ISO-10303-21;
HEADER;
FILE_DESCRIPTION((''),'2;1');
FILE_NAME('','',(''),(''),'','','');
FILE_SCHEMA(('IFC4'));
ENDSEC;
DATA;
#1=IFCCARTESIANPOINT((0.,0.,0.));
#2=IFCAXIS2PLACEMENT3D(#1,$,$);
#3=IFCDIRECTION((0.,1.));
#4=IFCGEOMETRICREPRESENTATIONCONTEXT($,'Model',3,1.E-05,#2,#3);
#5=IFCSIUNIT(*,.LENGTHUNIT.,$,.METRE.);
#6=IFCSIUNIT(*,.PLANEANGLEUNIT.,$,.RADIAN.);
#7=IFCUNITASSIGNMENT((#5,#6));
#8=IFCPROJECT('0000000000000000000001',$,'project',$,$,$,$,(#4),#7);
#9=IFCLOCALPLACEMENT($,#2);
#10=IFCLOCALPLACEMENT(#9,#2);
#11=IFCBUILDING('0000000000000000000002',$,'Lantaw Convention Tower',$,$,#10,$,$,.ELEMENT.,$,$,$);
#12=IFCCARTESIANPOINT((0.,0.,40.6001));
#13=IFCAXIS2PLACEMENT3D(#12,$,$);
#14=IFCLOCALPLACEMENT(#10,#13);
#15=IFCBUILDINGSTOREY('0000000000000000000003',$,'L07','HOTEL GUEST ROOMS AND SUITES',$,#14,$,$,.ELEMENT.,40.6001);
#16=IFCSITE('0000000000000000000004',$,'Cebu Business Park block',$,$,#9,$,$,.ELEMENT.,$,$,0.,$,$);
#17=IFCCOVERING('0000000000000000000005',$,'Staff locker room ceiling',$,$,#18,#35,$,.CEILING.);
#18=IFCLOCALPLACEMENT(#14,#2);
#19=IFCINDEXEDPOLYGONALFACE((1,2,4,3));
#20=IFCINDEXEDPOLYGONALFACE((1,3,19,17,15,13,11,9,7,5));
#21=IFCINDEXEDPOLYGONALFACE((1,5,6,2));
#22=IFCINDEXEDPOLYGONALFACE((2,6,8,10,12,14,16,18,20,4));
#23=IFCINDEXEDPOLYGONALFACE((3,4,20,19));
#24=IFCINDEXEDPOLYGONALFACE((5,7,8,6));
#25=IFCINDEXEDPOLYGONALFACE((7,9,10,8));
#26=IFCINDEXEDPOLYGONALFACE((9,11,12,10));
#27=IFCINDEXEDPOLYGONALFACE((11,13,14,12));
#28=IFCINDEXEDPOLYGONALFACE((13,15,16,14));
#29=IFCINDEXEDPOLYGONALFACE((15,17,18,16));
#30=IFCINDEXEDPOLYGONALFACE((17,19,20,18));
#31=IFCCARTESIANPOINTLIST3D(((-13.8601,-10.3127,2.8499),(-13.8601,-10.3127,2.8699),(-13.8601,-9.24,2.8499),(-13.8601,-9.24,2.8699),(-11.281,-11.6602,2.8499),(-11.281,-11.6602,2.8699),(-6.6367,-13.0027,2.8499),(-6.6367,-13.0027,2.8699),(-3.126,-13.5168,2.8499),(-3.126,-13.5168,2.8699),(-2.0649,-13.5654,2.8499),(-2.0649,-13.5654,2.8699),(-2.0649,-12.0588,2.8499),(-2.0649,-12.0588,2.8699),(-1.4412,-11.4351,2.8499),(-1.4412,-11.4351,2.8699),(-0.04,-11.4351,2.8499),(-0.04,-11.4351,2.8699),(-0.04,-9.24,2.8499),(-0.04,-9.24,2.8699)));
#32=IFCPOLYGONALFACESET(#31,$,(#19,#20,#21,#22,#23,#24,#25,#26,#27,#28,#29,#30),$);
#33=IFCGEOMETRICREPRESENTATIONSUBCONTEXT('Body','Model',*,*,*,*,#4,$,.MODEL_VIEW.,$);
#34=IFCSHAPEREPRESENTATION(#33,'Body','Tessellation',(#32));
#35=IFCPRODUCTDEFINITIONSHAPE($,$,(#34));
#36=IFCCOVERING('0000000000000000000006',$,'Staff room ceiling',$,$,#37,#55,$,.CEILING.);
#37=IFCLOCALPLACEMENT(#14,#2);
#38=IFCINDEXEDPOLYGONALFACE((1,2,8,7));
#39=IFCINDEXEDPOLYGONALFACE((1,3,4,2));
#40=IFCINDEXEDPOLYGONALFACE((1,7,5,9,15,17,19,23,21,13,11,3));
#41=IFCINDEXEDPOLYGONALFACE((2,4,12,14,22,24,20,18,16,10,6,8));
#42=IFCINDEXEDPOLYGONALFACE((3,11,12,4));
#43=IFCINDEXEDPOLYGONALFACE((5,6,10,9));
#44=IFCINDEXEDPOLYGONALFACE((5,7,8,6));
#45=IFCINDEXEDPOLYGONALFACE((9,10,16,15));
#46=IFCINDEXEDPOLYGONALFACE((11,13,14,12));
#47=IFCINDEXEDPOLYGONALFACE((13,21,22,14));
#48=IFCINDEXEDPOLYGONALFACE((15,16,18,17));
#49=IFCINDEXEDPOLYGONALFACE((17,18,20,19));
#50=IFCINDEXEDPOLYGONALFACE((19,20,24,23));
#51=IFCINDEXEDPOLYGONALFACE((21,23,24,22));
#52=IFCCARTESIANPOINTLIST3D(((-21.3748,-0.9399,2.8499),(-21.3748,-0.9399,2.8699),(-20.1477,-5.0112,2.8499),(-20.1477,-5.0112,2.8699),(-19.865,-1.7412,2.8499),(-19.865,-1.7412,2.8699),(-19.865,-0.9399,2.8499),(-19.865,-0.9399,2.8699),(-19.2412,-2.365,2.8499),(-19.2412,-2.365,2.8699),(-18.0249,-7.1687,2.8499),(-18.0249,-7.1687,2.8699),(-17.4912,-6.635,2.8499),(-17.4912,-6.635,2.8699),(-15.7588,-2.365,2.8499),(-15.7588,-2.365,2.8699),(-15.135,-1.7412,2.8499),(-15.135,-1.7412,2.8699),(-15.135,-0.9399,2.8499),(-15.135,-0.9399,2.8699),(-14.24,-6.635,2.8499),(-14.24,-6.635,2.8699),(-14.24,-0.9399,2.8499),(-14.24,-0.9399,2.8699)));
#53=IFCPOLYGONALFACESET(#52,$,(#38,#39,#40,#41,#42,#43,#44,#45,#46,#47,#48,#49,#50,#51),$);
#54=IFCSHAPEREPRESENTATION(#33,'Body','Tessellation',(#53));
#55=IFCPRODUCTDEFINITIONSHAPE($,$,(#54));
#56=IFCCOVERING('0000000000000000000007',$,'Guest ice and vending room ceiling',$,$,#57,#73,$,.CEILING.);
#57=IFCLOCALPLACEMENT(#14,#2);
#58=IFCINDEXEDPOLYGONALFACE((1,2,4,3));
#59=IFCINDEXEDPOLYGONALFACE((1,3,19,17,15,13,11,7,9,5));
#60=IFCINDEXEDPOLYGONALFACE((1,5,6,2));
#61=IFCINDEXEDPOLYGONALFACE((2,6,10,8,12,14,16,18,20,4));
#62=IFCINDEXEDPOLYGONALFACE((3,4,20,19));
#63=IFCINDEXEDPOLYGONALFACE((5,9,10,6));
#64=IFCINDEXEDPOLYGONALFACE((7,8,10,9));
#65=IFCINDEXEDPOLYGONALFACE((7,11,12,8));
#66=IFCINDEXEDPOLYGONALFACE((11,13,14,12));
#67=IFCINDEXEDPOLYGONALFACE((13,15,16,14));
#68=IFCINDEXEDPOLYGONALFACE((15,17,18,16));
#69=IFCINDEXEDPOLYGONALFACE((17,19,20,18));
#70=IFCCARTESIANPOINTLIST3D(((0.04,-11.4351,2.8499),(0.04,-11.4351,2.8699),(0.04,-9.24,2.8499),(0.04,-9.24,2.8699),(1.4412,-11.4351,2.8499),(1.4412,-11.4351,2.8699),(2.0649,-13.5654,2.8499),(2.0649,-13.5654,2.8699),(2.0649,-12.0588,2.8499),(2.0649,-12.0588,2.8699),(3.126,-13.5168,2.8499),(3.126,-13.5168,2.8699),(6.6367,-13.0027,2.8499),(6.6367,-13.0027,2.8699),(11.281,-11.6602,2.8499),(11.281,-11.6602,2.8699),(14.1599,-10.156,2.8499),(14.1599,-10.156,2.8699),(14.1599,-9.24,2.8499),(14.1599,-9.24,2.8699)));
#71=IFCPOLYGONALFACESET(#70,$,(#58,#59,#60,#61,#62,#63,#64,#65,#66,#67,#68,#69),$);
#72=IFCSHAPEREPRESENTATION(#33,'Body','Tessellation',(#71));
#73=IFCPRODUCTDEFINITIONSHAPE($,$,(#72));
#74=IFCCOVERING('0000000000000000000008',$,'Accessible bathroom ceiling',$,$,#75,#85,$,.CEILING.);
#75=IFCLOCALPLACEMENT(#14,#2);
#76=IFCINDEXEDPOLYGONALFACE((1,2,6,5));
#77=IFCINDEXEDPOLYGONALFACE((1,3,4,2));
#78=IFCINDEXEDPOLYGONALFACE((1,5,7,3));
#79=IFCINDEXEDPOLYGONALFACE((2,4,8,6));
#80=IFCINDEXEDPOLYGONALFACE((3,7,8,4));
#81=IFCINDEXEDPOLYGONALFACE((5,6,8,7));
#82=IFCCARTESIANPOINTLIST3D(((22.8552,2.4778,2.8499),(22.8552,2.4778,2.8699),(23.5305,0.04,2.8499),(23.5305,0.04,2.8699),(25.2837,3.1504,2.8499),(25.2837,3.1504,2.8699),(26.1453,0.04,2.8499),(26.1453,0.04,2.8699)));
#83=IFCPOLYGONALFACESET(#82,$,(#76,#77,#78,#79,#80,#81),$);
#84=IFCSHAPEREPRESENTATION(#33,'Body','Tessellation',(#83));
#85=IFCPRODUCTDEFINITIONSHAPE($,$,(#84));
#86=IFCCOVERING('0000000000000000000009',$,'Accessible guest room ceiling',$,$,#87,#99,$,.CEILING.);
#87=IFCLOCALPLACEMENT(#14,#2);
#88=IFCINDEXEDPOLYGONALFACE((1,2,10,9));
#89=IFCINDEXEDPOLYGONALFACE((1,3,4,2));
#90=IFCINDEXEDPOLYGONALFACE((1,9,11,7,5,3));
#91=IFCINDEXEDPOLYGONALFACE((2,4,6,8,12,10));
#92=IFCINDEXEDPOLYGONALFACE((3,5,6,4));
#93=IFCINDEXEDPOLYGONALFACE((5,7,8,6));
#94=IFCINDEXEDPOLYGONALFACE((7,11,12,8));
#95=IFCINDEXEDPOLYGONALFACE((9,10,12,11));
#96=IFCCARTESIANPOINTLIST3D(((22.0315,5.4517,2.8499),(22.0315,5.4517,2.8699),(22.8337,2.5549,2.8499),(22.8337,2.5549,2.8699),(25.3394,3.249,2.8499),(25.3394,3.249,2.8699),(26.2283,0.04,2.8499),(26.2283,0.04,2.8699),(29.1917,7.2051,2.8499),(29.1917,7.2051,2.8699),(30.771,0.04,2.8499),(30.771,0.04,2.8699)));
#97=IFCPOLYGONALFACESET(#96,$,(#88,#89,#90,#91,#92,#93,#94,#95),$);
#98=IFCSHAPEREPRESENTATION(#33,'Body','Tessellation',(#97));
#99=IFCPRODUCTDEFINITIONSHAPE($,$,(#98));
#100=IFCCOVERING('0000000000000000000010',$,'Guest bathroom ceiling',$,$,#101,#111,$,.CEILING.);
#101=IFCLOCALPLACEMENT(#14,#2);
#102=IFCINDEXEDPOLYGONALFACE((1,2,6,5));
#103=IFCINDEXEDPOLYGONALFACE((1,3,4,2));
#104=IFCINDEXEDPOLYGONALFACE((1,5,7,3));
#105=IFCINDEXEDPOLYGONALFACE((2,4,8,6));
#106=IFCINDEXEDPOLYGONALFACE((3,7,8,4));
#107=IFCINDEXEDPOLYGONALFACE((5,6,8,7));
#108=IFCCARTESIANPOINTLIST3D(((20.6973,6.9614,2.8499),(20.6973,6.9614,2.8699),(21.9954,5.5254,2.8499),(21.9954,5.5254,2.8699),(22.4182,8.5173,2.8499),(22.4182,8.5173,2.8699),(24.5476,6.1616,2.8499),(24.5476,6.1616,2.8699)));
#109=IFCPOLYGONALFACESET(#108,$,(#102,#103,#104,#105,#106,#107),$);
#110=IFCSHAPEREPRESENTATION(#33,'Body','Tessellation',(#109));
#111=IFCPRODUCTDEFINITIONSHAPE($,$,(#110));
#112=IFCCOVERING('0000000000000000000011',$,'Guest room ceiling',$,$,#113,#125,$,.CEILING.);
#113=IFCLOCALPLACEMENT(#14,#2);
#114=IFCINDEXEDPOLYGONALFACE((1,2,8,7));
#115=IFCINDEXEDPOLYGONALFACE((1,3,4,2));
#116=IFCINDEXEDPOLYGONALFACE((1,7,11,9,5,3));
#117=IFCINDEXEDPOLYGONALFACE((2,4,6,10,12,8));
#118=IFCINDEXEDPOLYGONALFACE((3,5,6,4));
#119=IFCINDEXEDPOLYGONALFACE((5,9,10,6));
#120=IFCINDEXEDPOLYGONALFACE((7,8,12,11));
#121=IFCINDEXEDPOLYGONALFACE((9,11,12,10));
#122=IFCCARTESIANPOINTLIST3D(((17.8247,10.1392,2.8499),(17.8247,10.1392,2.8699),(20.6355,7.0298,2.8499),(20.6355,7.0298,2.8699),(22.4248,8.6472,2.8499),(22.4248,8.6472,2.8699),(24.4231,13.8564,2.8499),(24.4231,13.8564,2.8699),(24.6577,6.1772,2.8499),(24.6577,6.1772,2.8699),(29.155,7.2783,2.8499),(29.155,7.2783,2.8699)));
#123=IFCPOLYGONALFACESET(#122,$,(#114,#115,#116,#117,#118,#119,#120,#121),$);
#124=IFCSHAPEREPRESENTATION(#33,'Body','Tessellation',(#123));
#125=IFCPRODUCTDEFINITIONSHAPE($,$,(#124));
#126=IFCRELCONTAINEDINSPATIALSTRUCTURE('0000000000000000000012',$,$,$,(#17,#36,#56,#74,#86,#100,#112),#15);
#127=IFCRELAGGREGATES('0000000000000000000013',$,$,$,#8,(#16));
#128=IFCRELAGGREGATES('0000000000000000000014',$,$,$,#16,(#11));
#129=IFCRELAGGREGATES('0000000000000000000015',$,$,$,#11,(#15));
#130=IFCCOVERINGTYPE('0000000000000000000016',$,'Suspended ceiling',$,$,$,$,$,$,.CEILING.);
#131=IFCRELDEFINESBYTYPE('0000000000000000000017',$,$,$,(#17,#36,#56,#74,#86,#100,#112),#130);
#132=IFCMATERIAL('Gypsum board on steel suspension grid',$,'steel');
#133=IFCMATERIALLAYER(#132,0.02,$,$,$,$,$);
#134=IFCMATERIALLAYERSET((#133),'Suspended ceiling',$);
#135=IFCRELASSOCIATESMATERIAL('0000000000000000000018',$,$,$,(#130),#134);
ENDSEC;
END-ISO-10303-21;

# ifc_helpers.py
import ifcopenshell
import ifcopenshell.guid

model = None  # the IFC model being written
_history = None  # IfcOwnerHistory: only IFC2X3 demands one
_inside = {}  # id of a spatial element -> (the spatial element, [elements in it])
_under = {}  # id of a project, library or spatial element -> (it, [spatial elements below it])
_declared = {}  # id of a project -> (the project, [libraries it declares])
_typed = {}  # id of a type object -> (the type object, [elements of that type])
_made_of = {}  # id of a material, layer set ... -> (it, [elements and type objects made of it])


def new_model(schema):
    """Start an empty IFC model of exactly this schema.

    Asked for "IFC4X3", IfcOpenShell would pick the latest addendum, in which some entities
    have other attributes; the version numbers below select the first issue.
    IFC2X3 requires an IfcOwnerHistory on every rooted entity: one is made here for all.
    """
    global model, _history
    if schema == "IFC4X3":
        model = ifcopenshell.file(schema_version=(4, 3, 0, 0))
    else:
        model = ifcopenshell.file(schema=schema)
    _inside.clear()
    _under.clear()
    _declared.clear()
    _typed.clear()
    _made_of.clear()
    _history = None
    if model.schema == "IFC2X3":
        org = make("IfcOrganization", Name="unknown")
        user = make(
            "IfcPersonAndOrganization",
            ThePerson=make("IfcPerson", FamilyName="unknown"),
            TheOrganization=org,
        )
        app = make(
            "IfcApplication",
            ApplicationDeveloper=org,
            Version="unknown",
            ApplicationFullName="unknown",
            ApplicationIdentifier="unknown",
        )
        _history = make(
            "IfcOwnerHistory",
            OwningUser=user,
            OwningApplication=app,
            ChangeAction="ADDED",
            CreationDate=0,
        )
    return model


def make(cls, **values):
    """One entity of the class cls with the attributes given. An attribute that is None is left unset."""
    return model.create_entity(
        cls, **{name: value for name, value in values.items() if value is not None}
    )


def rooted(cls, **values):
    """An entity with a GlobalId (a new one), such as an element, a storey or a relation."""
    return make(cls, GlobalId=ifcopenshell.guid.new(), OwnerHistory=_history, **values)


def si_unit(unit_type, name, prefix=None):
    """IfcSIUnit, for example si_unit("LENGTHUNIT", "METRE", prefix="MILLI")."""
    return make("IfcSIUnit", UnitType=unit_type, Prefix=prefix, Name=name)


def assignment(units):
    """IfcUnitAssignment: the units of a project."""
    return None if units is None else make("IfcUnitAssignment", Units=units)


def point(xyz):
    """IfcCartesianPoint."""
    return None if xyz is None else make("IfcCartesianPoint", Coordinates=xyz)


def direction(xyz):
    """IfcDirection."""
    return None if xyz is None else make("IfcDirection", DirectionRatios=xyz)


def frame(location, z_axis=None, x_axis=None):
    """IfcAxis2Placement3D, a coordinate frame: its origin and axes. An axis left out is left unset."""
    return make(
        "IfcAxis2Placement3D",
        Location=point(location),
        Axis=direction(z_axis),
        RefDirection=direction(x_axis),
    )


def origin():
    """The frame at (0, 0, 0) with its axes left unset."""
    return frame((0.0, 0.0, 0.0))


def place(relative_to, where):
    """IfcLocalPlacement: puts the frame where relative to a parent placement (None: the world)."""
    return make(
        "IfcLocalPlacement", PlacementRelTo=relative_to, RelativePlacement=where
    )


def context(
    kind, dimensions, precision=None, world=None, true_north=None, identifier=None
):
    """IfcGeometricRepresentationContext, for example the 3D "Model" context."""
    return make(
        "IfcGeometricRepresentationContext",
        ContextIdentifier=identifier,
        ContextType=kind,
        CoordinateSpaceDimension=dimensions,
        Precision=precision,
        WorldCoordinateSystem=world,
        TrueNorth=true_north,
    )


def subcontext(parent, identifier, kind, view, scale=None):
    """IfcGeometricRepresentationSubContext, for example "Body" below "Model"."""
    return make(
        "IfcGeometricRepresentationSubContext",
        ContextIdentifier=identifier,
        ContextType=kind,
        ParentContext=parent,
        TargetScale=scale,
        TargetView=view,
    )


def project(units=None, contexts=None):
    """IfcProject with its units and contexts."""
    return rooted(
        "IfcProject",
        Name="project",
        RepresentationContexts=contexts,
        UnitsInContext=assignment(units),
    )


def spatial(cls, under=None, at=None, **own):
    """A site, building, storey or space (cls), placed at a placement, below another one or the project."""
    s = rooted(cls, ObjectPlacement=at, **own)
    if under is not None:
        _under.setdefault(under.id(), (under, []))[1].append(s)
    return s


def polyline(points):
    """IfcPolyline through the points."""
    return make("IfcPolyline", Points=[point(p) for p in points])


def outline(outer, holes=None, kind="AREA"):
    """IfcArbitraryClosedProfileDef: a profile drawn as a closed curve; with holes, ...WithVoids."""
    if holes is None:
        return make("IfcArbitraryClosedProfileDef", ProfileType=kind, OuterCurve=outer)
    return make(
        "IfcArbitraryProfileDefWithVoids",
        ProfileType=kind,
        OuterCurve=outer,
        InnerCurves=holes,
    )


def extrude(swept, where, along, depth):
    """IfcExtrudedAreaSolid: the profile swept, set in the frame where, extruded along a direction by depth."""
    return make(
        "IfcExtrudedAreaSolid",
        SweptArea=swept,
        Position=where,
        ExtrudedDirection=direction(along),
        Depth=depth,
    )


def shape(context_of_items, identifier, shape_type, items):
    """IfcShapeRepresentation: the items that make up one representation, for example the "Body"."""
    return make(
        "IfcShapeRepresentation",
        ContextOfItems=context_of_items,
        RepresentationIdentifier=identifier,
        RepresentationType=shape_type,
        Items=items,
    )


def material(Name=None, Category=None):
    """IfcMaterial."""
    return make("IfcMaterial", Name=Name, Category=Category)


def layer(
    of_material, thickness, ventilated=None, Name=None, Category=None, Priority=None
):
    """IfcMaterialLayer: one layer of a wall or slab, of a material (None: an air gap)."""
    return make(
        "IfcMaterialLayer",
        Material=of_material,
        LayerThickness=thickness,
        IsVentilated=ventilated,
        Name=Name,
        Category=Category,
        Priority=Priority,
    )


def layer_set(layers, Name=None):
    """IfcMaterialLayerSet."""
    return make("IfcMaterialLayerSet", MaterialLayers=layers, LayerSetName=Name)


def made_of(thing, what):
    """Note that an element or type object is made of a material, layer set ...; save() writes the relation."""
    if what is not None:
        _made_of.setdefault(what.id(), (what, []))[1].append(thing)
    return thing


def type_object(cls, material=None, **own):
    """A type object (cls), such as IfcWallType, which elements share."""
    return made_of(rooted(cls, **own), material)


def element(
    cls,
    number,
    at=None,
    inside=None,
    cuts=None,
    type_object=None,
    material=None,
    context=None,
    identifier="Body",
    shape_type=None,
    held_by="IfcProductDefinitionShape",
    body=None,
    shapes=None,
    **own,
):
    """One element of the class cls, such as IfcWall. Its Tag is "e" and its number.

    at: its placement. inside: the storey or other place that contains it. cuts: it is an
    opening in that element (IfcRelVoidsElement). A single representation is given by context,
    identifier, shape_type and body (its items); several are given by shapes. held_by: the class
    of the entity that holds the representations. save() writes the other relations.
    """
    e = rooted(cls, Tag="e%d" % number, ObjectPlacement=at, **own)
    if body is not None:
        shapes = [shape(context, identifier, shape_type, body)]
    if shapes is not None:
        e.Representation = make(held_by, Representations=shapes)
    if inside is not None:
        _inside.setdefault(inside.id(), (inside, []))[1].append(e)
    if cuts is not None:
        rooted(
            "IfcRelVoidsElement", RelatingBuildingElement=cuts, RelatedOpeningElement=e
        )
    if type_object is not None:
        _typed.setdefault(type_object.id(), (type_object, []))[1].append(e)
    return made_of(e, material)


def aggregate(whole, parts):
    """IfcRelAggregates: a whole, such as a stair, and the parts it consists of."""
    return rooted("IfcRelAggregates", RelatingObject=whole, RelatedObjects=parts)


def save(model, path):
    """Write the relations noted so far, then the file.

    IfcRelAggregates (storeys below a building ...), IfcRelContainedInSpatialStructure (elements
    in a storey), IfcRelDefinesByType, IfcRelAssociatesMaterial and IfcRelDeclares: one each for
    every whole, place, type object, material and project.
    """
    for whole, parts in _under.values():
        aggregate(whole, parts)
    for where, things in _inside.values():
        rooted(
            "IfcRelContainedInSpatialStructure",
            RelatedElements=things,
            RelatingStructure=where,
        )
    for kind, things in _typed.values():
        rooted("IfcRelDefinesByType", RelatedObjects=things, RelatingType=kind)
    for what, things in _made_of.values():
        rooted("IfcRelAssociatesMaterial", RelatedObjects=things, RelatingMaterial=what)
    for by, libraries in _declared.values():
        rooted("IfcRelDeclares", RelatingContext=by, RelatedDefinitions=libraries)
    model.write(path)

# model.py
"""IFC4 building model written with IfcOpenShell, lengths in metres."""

from ifc_helpers import new_model, si_unit, direction, frame, origin, place, context, subcontext, project, spatial, polyline, outline, extrude, material, layer, layer_set, type_object, element, save


model = new_model("IFC4")

# Units and contexts
model_context = context("Model", 3, precision=1e-05, world=origin(), true_north=direction((0.0, 1.0)))
body_context = subcontext(model_context, "Body", "Model", "MODEL_VIEW")
ifc_project = project(units=[si_unit("LENGTHUNIT", "METRE"), si_unit("PLANEANGLEUNIT", "RADIAN")], contexts=[model_context])

# Site, building, storey
site_placement = place(None, origin())
site = spatial("IfcSite", under=ifc_project, at=site_placement, Name="Cebu Business Park block", CompositionType="ELEMENT", RefElevation=0.0)
building_placement = place(site_placement, origin())
building = spatial("IfcBuilding", under=site, at=building_placement, Name="Lantaw Convention Tower", CompositionType="ELEMENT")
storey_placement = place(building_placement, frame((0.0, 0.0, 40.6001)))
storey = spatial("IfcBuildingStorey", under=building, at=storey_placement, Name="L07", Description="HOTEL GUEST ROOMS AND SUITES", CompositionType="ELEMENT", Elevation=40.6001)

# Coverings
ifc_material_1 = material(Name="Gypsum board on steel suspension grid", Category="steel")
ifc_layer_1 = layer(ifc_material_1, 0.02)
ifc_layer_set_1 = layer_set([ifc_layer_1], Name="Suspended ceiling")
covering_type = type_object("IfcCoveringType", Name="Suspended ceiling", PredefinedType="CEILING", material=ifc_layer_set_1)
covering_1_placement = place(storey_placement, frame((0.0, 0.0, 2.8499)))
element("IfcCovering", 1, at=covering_1_placement, inside=storey, type_object=covering_type, Name="Staff locker room ceiling", PredefinedType="CEILING", context=body_context, shape_type="SweptSolid", body=[
    extrude(outline(polyline([(-11.281, -11.6602), (-6.6367, -13.0027), (-3.126, -13.5168), (-2.0649, -13.5654), (-2.0649, -12.0588), (-1.4412, -11.4351), (-0.04, -11.4351), (-0.04, -9.24), (-13.8601, -9.24), (-13.8601, -10.3127), (-11.281, -11.6602)])), origin(), (0.0, 0.0, 1.0), 0.02),
])
covering_2_placement = place(storey_placement, frame((0.0, 0.0, 2.8499)))
element("IfcCovering", 2, at=covering_2_placement, inside=storey, type_object=covering_type, Name="Staff room ceiling", PredefinedType="CEILING", context=body_context, shape_type="SweptSolid", body=[
    extrude(outline(polyline([(-21.3748, -0.9399), (-20.1477, -5.0112), (-18.0249, -7.1687), (-17.4912, -6.635), (-14.24, -6.635), (-14.24, -0.9399), (-15.135, -0.9399), (-15.135, -1.7412), (-15.7588, -2.365), (-19.2412, -2.365), (-19.865, -1.7412), (-19.865, -0.9399), (-21.3748, -0.9399)])), origin(), (0.0, 0.0, 1.0), 0.02),
])
covering_3_placement = place(storey_placement, frame((0.0, 0.0, 2.8499)))
element("IfcCovering", 3, at=covering_3_placement, inside=storey, type_object=covering_type, Name="Guest ice and vending room ceiling", PredefinedType="CEILING", context=body_context, shape_type="SweptSolid", body=[
    extrude(outline(polyline([(2.0649, -13.5654), (3.126, -13.5168), (6.6367, -13.0027), (11.281, -11.6602), (14.1599, -10.156), (14.1599, -9.24), (0.04, -9.24), (0.04, -11.4351), (1.4412, -11.4351), (2.0649, -12.0588), (2.0649, -13.5654)])), origin(), (0.0, 0.0, 1.0), 0.02),
])
covering_4_placement = place(storey_placement, frame((0.0, 0.0, 2.8499)))
element("IfcCovering", 4, at=covering_4_placement, inside=storey, type_object=covering_type, Name="Accessible bathroom ceiling", PredefinedType="CEILING", context=body_context, shape_type="SweptSolid", body=[
    extrude(outline(polyline([(23.5305, 0.04), (26.1453, 0.04), (25.2837, 3.1504), (22.8552, 2.4778), (23.5305, 0.04)])), origin(), (0.0, 0.0, 1.0), 0.02),
])
covering_5_placement = place(storey_placement, frame((0.0, 0.0, 2.8499)))
element("IfcCovering", 5, at=covering_5_placement, inside=storey, type_object=covering_type, Name="Accessible guest room ceiling", PredefinedType="CEILING", context=body_context, shape_type="SweptSolid", body=[
    extrude(outline(polyline([(22.0315, 5.4517), (22.8337, 2.5549), (25.3394, 3.249), (26.2283, 0.04), (30.771, 0.04), (29.1917, 7.2051), (22.0315, 5.4517)])), origin(), (0.0, 0.0, 1.0), 0.02),
])
covering_6_placement = place(storey_placement, frame((0.0, 0.0, 2.8499)))
element("IfcCovering", 6, at=covering_6_placement, inside=storey, type_object=covering_type, Name="Guest bathroom ceiling", PredefinedType="CEILING", context=body_context, shape_type="SweptSolid", body=[
    extrude(outline(polyline([(21.9954, 5.5254), (24.5476, 6.1616), (22.4182, 8.5173), (20.6973, 6.9614), (21.9954, 5.5254)])), origin(), (0.0, 0.0, 1.0), 0.02),
])
covering_7_placement = place(storey_placement, frame((0.0, 0.0, 2.8499)))
element("IfcCovering", 7, at=covering_7_placement, inside=storey, type_object=covering_type, Name="Guest room ceiling", PredefinedType="CEILING", context=body_context, shape_type="SweptSolid", body=[
    extrude(outline(polyline([(24.4231, 13.8564), (17.8247, 10.1392), (20.6355, 7.0298), (22.4248, 8.6472), (24.6577, 6.1772), (29.155, 7.2783), (24.4231, 13.8564)])), origin(), (0.0, 0.0, 1.0), 0.02),
])

save(model, "model.ifc")
